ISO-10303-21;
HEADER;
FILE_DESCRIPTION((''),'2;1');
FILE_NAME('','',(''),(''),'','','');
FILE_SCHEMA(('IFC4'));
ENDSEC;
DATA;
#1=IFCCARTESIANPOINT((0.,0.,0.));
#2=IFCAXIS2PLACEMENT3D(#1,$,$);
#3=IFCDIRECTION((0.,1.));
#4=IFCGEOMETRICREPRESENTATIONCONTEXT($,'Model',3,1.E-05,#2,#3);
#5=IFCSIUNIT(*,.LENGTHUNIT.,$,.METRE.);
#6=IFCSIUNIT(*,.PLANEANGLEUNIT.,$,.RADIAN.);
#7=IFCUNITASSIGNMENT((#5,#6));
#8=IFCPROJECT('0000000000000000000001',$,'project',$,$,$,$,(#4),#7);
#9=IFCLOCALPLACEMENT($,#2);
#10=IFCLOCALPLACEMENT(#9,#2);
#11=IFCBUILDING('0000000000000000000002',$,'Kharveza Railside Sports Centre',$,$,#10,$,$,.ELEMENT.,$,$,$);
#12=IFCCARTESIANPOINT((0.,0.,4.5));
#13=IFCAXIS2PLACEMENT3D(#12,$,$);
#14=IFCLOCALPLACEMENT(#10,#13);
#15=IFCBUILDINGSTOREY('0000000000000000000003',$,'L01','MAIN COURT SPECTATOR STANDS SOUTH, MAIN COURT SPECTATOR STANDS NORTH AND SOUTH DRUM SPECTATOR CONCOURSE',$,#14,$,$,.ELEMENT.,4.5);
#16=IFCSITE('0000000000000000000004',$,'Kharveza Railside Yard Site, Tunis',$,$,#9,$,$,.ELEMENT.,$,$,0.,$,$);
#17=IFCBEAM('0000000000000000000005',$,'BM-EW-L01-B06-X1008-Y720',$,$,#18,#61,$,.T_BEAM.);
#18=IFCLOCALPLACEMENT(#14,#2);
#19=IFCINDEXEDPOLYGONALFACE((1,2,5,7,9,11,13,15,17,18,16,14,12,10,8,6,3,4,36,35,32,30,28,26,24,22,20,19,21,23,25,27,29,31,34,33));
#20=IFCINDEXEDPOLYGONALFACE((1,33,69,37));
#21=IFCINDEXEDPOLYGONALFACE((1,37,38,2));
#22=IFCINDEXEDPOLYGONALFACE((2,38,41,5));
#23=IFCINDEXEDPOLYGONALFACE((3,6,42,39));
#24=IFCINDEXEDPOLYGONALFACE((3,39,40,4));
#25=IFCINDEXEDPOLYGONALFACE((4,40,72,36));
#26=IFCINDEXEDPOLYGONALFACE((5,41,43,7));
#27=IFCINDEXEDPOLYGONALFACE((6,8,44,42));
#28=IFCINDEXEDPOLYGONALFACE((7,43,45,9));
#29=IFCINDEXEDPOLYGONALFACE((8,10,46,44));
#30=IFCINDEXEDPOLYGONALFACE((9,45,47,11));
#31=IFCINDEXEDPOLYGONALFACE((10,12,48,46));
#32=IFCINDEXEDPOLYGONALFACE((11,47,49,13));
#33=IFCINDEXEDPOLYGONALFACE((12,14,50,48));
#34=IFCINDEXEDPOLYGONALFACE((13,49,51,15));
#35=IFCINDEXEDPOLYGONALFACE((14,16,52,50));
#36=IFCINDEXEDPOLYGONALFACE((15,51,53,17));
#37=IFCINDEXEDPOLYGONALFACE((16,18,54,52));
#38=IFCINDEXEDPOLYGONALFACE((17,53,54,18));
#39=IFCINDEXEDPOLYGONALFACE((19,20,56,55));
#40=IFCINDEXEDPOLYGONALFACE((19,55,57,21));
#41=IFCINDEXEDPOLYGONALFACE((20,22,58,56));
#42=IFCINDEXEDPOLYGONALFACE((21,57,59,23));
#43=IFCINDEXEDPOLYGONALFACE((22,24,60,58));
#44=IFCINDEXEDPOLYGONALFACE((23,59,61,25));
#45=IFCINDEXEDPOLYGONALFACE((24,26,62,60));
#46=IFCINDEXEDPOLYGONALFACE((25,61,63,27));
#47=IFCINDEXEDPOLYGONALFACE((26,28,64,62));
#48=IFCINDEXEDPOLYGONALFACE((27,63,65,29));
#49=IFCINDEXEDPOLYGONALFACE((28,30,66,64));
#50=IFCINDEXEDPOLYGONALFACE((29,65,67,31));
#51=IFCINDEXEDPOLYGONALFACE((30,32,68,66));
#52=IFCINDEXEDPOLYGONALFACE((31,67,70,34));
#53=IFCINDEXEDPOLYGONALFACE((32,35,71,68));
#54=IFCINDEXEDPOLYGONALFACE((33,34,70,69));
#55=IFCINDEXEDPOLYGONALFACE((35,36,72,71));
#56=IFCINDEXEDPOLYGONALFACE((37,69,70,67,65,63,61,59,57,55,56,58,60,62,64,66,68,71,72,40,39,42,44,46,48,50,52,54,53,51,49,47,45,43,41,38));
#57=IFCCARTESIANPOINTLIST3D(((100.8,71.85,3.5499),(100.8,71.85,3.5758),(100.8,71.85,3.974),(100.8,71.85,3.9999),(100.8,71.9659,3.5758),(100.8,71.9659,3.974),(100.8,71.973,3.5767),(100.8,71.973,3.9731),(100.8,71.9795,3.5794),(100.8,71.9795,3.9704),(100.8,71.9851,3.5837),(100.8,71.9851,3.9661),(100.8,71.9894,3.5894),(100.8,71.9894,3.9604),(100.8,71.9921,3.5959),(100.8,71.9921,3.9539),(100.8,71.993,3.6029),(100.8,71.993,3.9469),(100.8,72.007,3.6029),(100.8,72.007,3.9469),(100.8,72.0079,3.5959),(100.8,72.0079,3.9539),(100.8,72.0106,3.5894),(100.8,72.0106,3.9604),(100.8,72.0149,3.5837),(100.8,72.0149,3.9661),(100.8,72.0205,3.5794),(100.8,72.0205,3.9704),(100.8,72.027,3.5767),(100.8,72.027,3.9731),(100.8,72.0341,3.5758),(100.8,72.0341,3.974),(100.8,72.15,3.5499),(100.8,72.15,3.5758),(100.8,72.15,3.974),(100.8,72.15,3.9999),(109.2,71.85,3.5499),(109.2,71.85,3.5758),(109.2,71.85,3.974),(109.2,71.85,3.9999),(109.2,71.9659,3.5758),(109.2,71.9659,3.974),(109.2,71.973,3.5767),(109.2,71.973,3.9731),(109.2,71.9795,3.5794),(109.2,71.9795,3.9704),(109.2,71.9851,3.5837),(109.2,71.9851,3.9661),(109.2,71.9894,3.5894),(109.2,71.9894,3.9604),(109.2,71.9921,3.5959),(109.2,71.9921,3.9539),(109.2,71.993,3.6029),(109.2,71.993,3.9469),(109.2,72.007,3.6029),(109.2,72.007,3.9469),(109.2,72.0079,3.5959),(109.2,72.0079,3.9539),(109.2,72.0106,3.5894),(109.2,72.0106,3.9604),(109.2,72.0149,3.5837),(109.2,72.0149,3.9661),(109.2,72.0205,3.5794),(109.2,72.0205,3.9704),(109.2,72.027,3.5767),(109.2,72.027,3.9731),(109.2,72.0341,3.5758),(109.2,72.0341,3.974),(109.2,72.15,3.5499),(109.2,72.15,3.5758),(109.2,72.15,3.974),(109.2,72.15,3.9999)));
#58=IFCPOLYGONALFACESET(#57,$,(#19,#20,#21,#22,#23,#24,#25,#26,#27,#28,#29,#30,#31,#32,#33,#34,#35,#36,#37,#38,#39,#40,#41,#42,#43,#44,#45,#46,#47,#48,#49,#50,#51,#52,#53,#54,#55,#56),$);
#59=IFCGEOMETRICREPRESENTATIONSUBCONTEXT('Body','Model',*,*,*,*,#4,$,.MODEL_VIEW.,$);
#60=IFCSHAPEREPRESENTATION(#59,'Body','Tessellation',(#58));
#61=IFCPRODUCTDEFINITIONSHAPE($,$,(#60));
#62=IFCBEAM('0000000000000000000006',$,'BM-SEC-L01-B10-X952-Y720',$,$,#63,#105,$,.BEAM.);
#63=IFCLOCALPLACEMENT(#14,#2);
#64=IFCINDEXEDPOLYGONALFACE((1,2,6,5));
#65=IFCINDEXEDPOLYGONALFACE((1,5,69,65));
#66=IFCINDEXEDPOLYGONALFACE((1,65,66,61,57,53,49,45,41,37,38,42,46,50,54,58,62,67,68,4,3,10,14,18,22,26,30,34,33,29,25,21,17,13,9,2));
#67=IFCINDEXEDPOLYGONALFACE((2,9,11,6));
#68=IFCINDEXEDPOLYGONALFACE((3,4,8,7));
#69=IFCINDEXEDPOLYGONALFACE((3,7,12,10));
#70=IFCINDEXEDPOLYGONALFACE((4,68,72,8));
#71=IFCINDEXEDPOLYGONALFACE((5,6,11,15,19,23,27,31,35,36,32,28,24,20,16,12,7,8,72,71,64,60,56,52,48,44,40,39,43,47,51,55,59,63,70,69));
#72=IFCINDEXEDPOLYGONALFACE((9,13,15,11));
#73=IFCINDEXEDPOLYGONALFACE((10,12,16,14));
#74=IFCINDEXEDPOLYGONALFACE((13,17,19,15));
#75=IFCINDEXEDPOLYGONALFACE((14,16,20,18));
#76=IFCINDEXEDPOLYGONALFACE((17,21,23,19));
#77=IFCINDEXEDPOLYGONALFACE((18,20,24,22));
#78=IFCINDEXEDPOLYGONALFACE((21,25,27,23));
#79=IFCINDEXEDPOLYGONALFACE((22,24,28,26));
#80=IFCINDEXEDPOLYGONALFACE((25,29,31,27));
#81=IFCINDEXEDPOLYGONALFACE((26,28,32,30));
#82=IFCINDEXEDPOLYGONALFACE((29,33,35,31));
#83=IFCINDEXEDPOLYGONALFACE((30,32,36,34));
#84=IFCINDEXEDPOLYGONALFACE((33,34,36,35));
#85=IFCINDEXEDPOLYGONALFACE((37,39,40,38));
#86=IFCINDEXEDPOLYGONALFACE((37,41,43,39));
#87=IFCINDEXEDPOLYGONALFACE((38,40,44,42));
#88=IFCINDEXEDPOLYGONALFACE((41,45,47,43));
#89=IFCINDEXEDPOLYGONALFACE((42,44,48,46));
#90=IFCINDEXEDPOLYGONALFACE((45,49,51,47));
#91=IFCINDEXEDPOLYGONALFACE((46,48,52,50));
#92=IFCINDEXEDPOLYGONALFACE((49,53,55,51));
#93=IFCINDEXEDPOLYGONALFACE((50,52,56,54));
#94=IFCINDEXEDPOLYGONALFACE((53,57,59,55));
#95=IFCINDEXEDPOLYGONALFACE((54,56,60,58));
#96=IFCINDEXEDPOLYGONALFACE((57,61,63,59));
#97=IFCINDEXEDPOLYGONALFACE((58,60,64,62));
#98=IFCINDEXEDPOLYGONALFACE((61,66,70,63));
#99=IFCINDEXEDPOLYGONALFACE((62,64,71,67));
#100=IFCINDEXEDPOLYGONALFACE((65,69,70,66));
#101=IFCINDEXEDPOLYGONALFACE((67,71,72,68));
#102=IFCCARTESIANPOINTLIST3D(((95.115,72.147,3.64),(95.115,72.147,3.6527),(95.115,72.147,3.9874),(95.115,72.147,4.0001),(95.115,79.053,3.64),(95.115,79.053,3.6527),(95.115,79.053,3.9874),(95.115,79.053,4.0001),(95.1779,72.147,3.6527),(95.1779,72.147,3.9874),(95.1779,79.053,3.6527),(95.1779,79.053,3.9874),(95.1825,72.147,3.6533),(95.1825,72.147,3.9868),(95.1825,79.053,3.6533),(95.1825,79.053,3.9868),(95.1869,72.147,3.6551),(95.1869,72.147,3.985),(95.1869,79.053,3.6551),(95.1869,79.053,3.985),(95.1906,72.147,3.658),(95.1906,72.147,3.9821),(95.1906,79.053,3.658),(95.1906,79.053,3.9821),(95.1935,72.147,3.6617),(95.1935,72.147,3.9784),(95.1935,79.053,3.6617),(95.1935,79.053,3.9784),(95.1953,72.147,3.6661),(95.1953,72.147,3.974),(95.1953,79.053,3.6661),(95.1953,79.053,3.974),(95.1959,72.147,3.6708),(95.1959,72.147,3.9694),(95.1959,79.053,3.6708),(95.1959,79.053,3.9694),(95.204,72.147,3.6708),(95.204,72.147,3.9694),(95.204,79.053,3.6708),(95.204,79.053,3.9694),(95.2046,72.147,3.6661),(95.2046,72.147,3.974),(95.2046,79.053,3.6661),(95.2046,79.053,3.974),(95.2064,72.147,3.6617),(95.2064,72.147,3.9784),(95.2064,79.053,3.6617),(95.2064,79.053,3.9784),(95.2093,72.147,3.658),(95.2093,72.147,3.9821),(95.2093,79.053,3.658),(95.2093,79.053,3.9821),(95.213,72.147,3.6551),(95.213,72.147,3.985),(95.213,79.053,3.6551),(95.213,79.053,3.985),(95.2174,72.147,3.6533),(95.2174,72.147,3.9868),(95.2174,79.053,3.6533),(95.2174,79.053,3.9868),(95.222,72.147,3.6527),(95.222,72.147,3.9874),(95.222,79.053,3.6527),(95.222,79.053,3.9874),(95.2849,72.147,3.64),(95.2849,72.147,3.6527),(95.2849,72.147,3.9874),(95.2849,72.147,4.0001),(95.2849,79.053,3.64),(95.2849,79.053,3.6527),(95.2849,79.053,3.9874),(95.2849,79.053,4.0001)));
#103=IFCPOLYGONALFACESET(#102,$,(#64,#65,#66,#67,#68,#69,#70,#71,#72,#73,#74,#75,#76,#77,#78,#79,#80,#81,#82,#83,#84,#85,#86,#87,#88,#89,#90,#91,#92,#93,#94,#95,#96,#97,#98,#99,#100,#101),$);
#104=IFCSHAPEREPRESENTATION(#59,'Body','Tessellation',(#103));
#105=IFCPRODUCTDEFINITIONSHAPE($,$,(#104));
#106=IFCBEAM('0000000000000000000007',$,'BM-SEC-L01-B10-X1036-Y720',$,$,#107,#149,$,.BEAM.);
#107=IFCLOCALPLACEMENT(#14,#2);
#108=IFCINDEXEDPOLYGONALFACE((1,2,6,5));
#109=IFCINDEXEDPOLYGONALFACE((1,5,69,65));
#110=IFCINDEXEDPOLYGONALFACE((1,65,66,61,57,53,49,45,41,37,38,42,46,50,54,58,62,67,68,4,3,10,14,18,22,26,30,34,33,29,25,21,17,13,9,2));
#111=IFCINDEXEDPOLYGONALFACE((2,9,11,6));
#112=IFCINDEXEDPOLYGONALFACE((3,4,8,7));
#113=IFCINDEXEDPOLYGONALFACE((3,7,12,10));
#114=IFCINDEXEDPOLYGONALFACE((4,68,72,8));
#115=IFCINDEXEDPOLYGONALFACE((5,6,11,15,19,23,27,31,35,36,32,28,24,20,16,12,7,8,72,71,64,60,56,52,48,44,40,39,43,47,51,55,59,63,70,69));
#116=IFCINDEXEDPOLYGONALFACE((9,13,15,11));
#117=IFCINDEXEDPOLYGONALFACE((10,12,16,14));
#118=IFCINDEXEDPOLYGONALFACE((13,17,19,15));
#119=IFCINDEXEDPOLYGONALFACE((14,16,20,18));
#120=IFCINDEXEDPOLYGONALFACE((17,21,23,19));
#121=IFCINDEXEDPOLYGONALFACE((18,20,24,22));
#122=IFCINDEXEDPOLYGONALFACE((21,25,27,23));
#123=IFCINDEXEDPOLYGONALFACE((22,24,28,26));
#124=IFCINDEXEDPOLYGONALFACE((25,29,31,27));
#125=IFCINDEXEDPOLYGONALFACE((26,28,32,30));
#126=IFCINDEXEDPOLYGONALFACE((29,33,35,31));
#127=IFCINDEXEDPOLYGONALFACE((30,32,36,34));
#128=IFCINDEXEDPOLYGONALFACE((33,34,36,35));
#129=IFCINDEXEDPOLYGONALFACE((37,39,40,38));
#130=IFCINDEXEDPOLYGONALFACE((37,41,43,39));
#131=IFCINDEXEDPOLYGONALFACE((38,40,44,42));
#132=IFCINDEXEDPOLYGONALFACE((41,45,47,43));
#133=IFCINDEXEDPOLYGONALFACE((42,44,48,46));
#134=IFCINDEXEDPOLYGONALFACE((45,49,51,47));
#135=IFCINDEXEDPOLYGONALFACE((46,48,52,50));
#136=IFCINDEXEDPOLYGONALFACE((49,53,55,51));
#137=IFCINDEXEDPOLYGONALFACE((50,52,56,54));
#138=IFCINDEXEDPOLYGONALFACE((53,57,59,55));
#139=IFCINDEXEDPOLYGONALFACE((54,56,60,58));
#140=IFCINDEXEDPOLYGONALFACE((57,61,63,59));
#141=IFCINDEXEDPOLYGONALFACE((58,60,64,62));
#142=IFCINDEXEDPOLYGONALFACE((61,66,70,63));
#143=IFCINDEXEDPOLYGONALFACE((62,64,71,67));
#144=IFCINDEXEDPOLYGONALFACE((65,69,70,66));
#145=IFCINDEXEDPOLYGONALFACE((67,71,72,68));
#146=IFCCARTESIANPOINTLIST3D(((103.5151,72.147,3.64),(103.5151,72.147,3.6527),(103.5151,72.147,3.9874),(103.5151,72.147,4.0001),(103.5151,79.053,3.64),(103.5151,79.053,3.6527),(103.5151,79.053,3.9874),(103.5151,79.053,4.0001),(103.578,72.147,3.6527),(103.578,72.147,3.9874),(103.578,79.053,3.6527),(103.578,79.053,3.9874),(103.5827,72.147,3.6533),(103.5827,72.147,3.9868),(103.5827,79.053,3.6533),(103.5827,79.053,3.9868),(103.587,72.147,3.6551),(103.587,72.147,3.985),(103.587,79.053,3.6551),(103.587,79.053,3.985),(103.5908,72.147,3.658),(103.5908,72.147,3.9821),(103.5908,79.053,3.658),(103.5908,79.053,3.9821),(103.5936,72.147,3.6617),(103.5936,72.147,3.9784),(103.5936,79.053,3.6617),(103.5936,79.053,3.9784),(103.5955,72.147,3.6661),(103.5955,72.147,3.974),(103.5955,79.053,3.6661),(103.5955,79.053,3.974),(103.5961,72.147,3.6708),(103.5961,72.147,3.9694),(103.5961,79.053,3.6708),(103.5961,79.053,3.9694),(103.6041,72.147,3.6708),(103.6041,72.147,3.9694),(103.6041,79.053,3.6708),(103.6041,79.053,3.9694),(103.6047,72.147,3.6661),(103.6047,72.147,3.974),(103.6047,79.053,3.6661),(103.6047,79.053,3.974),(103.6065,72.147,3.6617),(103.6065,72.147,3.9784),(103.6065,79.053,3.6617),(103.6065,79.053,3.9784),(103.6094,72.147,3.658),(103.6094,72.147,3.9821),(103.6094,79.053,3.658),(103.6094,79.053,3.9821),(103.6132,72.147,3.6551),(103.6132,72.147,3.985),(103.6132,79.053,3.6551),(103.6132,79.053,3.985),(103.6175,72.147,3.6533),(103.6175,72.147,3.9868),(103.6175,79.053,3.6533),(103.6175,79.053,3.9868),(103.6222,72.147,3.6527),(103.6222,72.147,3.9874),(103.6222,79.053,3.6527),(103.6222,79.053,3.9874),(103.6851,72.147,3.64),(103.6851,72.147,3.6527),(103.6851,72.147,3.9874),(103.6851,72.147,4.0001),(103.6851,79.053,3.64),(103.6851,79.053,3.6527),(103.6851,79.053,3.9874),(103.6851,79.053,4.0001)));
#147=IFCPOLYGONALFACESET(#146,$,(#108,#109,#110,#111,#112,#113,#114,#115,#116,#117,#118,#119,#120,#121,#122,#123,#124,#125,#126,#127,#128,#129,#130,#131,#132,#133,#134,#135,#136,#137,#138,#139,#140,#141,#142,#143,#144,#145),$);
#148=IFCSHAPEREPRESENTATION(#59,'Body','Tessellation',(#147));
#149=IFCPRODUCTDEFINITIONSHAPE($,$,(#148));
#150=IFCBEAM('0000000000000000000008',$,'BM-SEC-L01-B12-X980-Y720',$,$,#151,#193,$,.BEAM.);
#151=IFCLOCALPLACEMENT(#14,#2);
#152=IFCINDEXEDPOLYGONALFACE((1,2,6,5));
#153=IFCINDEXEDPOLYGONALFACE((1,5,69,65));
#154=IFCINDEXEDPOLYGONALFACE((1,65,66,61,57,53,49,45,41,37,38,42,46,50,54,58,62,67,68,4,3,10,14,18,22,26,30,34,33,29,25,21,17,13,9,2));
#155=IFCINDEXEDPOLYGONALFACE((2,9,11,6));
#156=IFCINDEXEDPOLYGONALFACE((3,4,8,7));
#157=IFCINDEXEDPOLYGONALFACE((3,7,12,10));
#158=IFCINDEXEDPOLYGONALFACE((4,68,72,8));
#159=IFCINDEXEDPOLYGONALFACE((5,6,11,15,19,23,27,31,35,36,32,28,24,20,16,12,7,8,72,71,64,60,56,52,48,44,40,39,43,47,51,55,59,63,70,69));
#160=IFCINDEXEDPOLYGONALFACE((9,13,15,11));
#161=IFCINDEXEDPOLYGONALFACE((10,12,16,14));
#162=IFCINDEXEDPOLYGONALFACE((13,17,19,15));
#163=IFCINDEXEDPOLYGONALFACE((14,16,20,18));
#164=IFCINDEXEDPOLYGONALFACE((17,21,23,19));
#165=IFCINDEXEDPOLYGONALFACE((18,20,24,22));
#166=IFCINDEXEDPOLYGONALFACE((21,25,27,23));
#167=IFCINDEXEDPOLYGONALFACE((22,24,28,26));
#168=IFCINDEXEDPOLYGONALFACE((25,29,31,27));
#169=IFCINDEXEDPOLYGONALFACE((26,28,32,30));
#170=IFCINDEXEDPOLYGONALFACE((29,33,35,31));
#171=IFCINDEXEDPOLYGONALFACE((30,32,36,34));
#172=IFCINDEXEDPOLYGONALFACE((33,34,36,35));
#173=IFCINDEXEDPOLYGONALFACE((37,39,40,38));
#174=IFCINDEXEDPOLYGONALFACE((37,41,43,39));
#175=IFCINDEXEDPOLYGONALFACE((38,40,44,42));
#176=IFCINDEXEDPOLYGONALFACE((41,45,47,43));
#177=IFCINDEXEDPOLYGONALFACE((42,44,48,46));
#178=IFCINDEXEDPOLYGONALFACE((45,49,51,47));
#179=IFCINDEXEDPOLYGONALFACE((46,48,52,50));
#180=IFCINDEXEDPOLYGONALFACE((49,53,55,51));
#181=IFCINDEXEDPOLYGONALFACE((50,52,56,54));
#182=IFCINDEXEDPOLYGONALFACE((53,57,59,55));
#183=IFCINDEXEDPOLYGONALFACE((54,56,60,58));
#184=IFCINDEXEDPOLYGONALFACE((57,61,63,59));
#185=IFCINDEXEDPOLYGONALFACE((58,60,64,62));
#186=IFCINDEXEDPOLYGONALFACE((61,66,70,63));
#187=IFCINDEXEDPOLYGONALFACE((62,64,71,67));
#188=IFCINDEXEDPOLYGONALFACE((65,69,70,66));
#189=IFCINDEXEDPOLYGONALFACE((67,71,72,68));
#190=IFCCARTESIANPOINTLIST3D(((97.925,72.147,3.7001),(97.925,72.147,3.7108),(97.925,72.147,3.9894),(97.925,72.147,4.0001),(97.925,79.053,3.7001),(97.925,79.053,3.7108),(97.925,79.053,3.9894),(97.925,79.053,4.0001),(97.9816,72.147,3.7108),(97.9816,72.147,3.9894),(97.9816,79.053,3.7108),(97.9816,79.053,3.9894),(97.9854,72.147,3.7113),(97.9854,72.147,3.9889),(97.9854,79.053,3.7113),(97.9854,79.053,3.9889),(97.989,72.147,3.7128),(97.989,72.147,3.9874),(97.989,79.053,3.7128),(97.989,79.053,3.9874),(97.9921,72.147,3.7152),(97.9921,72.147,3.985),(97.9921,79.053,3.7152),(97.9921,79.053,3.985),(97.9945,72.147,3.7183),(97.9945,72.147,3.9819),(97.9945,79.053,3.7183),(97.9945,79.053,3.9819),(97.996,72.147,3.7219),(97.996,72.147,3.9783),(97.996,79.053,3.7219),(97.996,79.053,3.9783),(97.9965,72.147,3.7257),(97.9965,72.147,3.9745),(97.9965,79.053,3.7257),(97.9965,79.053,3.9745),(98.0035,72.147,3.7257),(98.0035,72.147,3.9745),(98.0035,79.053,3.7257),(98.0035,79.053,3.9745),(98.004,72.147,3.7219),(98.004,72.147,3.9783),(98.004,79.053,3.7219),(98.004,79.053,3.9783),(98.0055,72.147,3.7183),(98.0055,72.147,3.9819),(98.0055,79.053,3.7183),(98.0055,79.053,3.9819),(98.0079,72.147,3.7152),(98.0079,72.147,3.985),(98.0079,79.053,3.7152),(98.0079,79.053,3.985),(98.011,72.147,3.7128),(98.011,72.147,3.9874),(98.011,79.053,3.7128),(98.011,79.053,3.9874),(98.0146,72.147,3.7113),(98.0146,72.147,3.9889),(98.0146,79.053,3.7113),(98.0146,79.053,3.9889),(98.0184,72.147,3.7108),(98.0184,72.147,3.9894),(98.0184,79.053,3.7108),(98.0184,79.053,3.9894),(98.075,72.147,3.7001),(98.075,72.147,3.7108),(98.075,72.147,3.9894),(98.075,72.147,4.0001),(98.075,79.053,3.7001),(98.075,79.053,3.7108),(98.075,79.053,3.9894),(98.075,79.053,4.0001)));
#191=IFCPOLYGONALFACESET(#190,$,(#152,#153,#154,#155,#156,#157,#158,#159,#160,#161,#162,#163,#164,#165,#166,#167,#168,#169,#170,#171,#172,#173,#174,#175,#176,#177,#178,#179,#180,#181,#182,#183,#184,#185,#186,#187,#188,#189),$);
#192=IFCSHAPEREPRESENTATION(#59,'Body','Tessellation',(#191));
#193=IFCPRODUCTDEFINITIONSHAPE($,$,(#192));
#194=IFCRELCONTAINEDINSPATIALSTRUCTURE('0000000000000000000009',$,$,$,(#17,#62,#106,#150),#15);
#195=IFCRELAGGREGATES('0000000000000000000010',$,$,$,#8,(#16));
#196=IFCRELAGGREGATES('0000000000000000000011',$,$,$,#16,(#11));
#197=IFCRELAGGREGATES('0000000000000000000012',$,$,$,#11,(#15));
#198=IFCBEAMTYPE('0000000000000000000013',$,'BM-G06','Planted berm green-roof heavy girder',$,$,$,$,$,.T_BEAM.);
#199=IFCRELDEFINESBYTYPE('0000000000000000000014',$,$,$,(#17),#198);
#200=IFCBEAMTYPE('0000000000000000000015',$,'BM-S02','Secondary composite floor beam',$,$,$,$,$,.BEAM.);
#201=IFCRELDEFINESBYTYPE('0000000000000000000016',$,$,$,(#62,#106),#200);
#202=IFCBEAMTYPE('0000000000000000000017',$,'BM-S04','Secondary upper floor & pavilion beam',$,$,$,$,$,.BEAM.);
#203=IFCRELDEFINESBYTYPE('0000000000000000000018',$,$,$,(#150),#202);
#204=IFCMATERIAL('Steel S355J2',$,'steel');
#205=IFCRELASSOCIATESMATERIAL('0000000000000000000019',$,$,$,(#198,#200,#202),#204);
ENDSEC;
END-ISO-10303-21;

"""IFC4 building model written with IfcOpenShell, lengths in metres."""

from ifc_helpers import new_model, si_unit, direction, frame, origin, origin_2d, place, context, subcontext, project, spatial, i_section, extrude, material, material_profile, profile_set, type_object, element, save


model = new_model("IFC4")

# Units and contexts
model_context = context("Model", 3, precision=1e-05, world=origin(), true_north=direction((0.0, 1.0)))
body_context = subcontext(model_context, "Body", "Model", "MODEL_VIEW")
ifc_project = project(units=[si_unit("LENGTHUNIT", "METRE"), si_unit("PLANEANGLEUNIT", "RADIAN")], contexts=[model_context])

# Site, building, storey
site_placement = place(None, origin())
site = spatial("IfcSite", under=ifc_project, at=site_placement, Name="Kharveza Railside Yard Site, Tunis", CompositionType="ELEMENT", RefElevation=0.0)
building_placement = place(site_placement, origin())
building = spatial("IfcBuilding", under=site, at=building_placement, Name="Kharveza Railside Sports Centre", CompositionType="ELEMENT")
storey_placement = place(building_placement, frame((0.0, 0.0, 4.5)))
storey = spatial("IfcBuildingStorey", under=building, at=storey_placement, Name="L01", Description="MAIN COURT SPECTATOR STANDS SOUTH, MAIN COURT SPECTATOR STANDS NORTH AND SOUTH DRUM SPECTATOR CONCOURSE", CompositionType="ELEMENT", Elevation=4.5)

# Shared definitions
ifc_material_1 = material(Name="Steel S355J2", Category="steel")

# Beams
ifc_material_profile_1 = material_profile(ifc_material_1, i_section(OverallWidth=0.3, OverallDepth=0.45, WebThickness=0.0139, FlangeThickness=0.0259, FilletRadius=0.0271, at=origin_2d()), Name="HEB 450")
ifc_profile_set_1 = profile_set([ifc_material_profile_1], Name="Steel S355J2")
beam_type_1 = type_object("IfcBeamType", Name="BM-G06", Description="Planted berm green-roof heavy girder", PredefinedType="T_BEAM", material=ifc_profile_set_1)
beam_1_placement = place(storey_placement, frame((100.8, 72.0, 3.7749), z_axis=(1.0, 0.0, 0.0), x_axis=(0.0, 1.0, 0.0)))
element("IfcBeam", 1, at=beam_1_placement, inside=storey, type_object=beam_type_1, Name="BM-EW-L01-B06-X1008-Y720", PredefinedType="T_BEAM", context=body_context, shape_type="SweptSolid", body=[
    extrude(i_section(OverallWidth=0.3, OverallDepth=0.45, WebThickness=0.0139, FlangeThickness=0.0259, FilletRadius=0.0271, at=origin_2d()), origin(), (0.0, 0.0, 1.0), 8.3999),
])
ifc_material_profile_2 = material_profile(ifc_material_1, i_section(OverallWidth=0.1699, OverallDepth=0.3601, WebThickness=0.0081, FlangeThickness=0.0127, FilletRadius=0.0181, at=origin_2d()), Name="IPE 360")
ifc_profile_set_2 = profile_set([ifc_material_profile_2], Name="Steel S355J2")
beam_type_2 = type_object("IfcBeamType", Name="BM-S02", Description="Secondary composite floor beam", PredefinedType="BEAM", material=ifc_profile_set_2)
for number, where, z_axis, x_axis, name in (
    (2, (95.2, 72.147, 3.8201), (0.0, 1.0, 0.0), (-1.0, 0.0, 0.0), "BM-SEC-L01-B10-X952-Y720"),
    (3, (103.6001, 72.147, 3.8201), (0.0, 1.0, 0.0), (-1.0, 0.0, 0.0), "BM-SEC-L01-B10-X1036-Y720"),
):
    element("IfcBeam", number, at=place(storey_placement, frame(where, z_axis=z_axis, x_axis=x_axis)), inside=storey, type_object=beam_type_2, Name=name, PredefinedType="BEAM", context=body_context, shape_type="SweptSolid", body=[
        extrude(i_section(OverallWidth=0.1699, OverallDepth=0.3601, WebThickness=0.0081, FlangeThickness=0.0127, FilletRadius=0.0181, at=origin_2d()), origin(), (0.0, 0.0, 1.0), 6.906),
    ])
ifc_material_profile_3 = material_profile(ifc_material_1, i_section(OverallWidth=0.1499, OverallDepth=0.3, WebThickness=0.0071, FlangeThickness=0.0107, FilletRadius=0.0149, at=origin_2d()), Name="IPE 300")
ifc_profile_set_3 = profile_set([ifc_material_profile_3], Name="Steel S355J2")
beam_type_3 = type_object("IfcBeamType", Name="BM-S04", Description="Secondary upper floor & pavilion beam", PredefinedType="BEAM", material=ifc_profile_set_3)
beam_2_placement = place(storey_placement, frame((98.0, 72.147, 3.8501), z_axis=(0.0, 1.0, 0.0), x_axis=(-1.0, 0.0, 0.0)))
element("IfcBeam", 4, at=beam_2_placement, inside=storey, type_object=beam_type_3, Name="BM-SEC-L01-B12-X980-Y720", PredefinedType="BEAM", context=body_context, shape_type="SweptSolid", body=[
    extrude(i_section(OverallWidth=0.1499, OverallDepth=0.3, WebThickness=0.0071, FlangeThickness=0.0107, FilletRadius=0.0149, at=origin_2d()), origin(), (0.0, 0.0, 1.0), 6.906),
])

save(model, "model.ifc")
